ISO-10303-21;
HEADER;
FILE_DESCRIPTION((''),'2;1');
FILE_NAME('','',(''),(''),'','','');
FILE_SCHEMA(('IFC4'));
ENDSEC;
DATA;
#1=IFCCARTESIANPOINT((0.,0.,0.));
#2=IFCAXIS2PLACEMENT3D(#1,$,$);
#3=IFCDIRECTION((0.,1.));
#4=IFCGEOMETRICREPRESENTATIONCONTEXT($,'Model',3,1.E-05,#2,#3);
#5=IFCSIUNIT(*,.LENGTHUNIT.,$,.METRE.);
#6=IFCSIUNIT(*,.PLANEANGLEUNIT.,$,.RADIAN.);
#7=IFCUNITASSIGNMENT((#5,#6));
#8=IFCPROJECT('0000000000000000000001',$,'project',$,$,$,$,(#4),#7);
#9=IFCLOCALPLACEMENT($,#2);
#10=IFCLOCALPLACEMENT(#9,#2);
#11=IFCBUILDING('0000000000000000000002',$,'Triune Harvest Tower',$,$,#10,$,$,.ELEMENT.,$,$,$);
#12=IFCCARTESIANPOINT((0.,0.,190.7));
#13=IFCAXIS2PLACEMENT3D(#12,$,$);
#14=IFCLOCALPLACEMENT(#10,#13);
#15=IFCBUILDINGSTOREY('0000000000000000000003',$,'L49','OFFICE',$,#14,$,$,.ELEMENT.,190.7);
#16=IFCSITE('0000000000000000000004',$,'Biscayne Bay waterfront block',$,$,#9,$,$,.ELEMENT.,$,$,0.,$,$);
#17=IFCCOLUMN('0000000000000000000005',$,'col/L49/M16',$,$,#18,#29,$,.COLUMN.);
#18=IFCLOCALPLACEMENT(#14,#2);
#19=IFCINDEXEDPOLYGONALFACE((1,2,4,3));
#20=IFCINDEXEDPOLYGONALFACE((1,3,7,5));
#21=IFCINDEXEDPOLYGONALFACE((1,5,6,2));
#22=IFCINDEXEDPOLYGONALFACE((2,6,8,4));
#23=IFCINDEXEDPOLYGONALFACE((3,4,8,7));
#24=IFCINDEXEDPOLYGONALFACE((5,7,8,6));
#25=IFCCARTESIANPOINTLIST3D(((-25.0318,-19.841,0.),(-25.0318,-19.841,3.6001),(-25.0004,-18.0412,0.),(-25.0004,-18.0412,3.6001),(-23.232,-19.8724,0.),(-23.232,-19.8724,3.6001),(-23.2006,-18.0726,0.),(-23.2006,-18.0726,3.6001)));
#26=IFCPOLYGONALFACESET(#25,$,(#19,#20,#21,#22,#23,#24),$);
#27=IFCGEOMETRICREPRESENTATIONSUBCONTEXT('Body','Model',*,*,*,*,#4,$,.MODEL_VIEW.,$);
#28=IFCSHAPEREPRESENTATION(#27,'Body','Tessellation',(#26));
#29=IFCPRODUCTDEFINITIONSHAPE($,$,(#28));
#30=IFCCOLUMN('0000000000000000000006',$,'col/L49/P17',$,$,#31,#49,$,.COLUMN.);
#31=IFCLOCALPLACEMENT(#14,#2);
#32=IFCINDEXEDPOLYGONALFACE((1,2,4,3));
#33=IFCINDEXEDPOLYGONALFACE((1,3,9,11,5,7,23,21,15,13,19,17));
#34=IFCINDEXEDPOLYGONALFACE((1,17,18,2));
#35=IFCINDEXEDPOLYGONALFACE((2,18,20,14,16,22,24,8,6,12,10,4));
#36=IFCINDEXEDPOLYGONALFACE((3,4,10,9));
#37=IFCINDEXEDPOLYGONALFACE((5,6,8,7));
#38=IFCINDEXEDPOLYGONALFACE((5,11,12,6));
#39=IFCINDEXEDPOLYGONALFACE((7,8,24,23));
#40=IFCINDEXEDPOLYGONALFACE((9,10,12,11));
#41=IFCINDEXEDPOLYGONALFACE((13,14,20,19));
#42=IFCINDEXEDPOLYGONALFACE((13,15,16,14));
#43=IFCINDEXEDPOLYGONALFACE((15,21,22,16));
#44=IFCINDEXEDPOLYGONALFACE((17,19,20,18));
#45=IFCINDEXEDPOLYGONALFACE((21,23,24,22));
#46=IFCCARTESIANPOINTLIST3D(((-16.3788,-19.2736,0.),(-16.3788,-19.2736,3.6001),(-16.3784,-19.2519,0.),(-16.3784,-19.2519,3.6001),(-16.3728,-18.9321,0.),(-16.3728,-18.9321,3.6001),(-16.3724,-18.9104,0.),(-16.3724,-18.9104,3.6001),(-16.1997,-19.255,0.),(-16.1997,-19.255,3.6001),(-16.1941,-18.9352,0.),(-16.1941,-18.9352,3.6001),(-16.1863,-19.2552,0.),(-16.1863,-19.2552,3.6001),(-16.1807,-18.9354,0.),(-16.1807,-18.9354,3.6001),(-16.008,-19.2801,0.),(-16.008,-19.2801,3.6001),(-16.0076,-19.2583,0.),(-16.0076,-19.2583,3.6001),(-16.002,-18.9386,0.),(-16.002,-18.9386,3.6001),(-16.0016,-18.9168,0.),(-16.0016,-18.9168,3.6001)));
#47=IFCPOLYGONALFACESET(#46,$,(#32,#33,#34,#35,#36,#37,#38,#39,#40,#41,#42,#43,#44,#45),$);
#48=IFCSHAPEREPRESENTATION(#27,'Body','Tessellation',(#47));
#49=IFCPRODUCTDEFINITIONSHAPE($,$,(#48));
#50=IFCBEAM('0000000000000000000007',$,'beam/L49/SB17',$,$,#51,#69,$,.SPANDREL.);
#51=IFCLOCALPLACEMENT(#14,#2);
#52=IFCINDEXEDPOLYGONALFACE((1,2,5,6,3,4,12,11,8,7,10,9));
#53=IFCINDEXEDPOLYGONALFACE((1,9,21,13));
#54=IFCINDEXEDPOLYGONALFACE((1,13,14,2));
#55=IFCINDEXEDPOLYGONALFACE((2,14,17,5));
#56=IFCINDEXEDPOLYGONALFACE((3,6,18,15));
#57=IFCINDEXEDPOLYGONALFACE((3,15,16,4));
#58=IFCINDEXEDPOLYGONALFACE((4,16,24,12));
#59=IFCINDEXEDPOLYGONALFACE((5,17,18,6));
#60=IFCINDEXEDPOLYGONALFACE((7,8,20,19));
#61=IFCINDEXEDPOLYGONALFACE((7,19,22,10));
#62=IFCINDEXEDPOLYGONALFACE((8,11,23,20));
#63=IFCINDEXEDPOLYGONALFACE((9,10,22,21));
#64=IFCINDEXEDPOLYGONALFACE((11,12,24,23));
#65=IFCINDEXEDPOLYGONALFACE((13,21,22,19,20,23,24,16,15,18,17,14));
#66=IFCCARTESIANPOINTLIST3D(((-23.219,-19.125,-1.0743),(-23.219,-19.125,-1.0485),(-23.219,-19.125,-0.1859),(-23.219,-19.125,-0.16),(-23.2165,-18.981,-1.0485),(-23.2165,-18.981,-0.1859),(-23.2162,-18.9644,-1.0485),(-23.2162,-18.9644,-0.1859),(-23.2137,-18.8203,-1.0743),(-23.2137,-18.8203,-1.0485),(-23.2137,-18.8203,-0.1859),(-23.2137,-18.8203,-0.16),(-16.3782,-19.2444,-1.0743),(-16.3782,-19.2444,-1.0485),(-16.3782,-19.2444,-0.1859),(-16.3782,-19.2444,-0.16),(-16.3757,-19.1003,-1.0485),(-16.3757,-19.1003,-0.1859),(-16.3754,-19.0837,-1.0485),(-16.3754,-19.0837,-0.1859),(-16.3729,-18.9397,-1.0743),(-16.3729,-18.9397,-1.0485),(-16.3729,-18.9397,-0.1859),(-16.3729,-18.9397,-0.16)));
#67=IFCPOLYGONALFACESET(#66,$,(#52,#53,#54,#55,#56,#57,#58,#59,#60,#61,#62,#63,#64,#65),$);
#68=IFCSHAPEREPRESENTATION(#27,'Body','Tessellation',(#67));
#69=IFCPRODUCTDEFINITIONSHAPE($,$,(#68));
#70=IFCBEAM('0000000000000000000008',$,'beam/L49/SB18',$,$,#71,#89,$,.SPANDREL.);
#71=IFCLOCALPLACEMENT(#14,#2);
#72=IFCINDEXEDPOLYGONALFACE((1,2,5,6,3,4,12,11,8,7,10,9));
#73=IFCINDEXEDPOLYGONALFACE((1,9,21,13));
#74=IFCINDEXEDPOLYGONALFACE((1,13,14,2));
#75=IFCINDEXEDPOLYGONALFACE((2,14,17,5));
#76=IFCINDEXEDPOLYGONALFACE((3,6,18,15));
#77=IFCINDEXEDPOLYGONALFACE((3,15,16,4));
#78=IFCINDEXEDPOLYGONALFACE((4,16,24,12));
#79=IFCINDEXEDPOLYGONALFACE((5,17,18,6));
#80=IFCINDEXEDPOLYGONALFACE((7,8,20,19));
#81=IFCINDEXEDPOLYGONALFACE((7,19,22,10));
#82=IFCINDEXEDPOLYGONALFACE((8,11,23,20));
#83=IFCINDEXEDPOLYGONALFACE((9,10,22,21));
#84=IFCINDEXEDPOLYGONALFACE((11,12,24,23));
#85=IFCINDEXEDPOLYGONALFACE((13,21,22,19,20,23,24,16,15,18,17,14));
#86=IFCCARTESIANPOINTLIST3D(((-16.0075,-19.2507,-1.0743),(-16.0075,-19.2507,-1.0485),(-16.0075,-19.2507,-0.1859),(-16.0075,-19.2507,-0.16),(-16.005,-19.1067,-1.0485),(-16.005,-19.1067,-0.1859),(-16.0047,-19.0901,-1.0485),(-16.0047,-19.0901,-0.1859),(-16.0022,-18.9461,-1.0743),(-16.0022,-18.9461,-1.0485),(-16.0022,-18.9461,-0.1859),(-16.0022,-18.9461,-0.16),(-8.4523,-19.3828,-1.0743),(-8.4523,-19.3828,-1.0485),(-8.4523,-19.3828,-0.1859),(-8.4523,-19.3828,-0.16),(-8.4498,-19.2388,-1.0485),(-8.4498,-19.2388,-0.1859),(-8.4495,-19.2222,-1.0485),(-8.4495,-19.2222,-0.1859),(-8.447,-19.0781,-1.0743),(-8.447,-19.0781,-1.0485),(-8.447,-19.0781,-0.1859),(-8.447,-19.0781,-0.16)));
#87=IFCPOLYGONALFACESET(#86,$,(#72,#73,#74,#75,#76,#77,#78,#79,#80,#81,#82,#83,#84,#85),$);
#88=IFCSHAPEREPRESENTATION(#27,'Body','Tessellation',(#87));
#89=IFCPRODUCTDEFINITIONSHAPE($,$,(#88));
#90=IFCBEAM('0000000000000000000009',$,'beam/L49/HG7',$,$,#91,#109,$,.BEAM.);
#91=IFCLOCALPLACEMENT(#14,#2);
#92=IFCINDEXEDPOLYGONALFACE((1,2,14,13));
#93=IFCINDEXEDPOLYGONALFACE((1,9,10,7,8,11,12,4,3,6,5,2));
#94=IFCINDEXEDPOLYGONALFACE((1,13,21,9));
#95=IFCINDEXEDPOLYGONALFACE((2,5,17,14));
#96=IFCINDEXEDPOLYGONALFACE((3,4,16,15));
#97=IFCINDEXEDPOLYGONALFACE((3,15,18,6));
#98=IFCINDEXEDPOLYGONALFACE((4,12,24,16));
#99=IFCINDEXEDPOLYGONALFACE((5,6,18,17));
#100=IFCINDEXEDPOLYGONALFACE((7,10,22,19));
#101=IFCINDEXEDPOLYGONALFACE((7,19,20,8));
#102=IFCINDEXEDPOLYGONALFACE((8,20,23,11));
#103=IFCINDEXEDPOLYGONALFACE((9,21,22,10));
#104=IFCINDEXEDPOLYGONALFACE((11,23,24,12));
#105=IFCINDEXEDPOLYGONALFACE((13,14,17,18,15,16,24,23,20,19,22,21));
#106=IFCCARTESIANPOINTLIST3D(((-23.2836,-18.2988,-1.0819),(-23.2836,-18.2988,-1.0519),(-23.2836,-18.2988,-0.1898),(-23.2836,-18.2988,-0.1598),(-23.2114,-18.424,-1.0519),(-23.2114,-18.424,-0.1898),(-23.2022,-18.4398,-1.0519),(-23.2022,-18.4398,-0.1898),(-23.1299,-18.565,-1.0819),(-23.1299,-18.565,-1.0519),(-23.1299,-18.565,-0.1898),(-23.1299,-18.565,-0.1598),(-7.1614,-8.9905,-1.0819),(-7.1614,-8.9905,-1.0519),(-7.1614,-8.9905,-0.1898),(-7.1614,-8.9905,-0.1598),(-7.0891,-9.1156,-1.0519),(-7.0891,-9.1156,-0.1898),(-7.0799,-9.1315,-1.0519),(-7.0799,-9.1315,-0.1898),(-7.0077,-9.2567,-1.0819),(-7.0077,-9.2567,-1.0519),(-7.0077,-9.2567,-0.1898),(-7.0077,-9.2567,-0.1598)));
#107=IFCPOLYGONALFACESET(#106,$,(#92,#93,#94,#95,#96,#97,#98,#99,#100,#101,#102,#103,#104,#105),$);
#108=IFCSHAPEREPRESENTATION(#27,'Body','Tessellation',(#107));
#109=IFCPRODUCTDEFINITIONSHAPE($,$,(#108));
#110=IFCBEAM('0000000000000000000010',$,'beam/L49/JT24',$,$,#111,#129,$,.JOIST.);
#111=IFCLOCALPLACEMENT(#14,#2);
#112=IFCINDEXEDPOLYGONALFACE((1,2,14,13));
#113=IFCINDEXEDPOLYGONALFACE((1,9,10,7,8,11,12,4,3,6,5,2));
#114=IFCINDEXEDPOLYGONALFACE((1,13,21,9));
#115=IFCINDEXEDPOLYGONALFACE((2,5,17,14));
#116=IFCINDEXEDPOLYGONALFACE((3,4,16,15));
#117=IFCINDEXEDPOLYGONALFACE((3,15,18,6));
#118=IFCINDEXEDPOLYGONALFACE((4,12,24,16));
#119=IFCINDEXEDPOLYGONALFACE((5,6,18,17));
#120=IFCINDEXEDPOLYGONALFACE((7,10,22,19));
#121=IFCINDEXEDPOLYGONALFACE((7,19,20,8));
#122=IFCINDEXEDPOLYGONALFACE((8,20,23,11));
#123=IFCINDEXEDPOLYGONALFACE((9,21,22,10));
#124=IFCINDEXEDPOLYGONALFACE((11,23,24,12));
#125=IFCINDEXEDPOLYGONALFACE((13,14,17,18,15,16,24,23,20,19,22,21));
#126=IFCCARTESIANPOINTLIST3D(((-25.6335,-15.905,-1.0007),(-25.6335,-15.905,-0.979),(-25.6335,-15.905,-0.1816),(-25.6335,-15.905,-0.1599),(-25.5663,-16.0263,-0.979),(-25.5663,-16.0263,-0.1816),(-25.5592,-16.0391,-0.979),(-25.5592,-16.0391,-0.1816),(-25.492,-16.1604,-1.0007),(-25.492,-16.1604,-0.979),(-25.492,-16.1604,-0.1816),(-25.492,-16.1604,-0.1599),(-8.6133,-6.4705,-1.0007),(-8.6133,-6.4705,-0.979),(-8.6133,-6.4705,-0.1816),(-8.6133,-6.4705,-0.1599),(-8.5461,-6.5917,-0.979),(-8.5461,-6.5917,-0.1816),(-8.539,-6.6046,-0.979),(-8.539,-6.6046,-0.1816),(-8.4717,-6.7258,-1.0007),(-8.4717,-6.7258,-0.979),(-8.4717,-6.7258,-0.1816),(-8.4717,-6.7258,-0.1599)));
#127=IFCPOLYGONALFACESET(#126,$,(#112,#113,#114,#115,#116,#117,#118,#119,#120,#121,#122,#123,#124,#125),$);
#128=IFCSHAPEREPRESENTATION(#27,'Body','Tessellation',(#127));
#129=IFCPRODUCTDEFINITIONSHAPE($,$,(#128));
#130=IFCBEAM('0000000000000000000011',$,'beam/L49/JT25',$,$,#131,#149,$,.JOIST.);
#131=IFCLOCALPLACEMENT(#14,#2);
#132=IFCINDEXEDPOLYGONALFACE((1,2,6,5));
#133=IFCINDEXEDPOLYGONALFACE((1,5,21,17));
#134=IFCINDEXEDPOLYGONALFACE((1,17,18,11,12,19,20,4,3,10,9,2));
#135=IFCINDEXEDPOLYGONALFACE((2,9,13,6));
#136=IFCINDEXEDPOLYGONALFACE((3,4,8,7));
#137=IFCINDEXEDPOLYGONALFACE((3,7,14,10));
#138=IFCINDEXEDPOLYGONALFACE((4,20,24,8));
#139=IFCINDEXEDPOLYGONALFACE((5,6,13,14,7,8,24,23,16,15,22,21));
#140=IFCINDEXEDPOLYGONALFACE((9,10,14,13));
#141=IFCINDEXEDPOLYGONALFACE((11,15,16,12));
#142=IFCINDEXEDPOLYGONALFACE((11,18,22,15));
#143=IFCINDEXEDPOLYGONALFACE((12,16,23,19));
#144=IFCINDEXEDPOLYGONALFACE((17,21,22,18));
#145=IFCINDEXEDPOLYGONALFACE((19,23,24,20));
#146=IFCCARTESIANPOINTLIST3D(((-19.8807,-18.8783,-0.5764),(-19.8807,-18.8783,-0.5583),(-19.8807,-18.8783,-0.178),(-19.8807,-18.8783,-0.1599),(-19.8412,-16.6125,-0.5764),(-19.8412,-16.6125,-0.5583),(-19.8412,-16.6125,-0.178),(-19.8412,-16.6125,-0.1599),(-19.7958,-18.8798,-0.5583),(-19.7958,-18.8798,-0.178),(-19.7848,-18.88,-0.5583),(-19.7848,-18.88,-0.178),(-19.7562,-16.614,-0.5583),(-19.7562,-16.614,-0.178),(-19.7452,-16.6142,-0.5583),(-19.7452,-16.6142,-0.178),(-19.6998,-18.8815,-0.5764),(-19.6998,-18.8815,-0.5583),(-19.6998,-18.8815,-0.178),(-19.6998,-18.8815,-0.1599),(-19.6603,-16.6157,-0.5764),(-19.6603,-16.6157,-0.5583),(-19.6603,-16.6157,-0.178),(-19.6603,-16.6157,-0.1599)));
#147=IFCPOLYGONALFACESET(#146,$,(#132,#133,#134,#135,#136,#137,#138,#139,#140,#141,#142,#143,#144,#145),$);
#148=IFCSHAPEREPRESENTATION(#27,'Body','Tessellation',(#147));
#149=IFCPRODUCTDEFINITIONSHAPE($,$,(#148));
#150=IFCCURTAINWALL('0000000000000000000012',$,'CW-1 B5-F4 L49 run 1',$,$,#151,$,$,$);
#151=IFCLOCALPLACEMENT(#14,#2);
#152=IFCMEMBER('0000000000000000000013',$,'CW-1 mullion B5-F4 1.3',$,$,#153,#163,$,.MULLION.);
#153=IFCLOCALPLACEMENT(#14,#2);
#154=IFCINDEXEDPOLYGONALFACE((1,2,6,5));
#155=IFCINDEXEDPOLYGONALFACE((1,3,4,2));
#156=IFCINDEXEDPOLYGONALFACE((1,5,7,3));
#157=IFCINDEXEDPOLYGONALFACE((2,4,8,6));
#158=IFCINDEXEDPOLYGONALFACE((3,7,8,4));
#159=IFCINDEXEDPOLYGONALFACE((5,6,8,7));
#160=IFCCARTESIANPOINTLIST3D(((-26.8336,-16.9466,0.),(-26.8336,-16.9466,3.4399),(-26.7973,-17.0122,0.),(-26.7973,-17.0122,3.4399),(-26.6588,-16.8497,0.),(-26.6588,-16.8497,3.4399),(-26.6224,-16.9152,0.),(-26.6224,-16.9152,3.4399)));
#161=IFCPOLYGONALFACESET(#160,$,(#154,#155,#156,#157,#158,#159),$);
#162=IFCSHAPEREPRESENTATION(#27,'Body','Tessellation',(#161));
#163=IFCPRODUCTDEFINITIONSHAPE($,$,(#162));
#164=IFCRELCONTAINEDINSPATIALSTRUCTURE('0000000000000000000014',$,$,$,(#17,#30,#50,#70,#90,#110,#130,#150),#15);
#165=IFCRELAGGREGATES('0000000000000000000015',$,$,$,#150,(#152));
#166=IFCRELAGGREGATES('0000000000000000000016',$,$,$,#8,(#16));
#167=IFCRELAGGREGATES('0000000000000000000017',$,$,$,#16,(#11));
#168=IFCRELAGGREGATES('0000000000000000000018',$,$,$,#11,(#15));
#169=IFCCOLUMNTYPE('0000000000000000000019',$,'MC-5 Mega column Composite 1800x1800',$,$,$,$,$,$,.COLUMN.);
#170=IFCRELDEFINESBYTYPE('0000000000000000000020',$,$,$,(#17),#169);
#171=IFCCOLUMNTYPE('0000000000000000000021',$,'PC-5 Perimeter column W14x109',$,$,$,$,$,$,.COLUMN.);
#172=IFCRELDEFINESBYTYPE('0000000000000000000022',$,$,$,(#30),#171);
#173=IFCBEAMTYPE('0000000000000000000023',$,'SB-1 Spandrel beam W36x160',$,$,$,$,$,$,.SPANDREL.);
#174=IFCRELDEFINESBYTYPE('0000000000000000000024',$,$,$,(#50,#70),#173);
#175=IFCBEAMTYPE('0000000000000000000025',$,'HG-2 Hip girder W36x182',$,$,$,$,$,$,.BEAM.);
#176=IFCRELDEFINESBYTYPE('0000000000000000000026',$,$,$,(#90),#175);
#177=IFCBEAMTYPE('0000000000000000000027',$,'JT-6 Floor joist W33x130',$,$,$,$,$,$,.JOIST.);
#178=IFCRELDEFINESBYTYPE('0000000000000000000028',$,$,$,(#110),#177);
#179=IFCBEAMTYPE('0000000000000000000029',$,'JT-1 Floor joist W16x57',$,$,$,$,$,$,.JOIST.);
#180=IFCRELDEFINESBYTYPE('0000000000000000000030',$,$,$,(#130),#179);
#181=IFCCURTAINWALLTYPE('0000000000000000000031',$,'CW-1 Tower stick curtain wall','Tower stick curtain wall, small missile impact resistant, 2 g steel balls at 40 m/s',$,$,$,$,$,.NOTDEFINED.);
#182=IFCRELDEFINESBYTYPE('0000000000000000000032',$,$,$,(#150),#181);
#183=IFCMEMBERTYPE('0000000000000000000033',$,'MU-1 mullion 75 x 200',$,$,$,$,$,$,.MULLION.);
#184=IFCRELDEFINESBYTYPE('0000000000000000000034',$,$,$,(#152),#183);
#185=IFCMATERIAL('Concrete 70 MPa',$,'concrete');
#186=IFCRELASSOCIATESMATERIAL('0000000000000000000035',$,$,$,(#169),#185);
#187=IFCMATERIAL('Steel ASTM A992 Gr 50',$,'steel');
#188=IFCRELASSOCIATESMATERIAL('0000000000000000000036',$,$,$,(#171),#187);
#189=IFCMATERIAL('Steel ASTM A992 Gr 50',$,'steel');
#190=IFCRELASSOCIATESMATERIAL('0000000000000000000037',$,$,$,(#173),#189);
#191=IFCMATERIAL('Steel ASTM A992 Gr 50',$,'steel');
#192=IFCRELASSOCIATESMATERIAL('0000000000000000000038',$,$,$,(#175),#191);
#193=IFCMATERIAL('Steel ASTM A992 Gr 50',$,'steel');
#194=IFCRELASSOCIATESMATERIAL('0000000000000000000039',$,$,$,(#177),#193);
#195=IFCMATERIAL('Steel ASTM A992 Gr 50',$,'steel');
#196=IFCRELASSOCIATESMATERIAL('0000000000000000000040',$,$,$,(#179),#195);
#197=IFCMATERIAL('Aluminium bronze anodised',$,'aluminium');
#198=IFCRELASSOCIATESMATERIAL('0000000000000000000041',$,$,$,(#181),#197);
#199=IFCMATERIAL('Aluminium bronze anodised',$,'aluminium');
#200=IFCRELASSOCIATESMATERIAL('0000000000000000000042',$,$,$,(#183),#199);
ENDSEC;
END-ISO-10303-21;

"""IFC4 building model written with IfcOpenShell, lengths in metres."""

from ifc_helpers import new_model, si_unit, direction, frame, origin, origin_2d, place, context, subcontext, project, spatial, rectangle, i_section, extrude, source, transform, mapped, material, material_profile, profile_set, type_object, element, aggregate, save


model = new_model("IFC4")

# Units and contexts
model_context = context("Model", 3, precision=1e-05, world=origin(), true_north=direction((0.0, 1.0)))
body_context = subcontext(model_context, "Body", "Model", "MODEL_VIEW")
ifc_project = project(units=[si_unit("LENGTHUNIT", "METRE"), si_unit("PLANEANGLEUNIT", "RADIAN")], contexts=[model_context])

# Site, building, storey
site_placement = place(None, origin())
site = spatial("IfcSite", under=ifc_project, at=site_placement, Name="Biscayne Bay waterfront block", CompositionType="ELEMENT", RefElevation=0.0)
building_placement = place(site_placement, origin())
building = spatial("IfcBuilding", under=site, at=building_placement, Name="Triune Harvest Tower", CompositionType="ELEMENT")
storey_placement = place(building_placement, frame((0.0, 0.0, 190.7)))
storey = spatial("IfcBuildingStorey", under=building, at=storey_placement, Name="L49", Description="OFFICE", CompositionType="ELEMENT", Elevation=190.7)

# Columns
ifc_material_1 = material(Name="Concrete 70 MPa", Category="concrete")
ifc_material_profile_1 = material_profile(ifc_material_1, rectangle(XDim=1.8, YDim=1.8, at=origin_2d()), Name="Composite 1800x1800")
ifc_profile_set_1 = profile_set([ifc_material_profile_1], Name="Concrete 70 MPa")
column_type_1 = type_object("IfcColumnType", Name="MC-5 Mega column Composite 1800x1800", PredefinedType="COLUMN", material=ifc_profile_set_1)
shared_shape_1 = source(origin(), body_context, "Body", "SweptSolid", [
    extrude(rectangle(XDim=1.8, YDim=1.8, at=origin_2d()), origin(), (0.0, 0.0, 1.0), 3.6001),
])
column_1_placement = place(storey_placement, frame((-24.1162, -18.9568, 0.0), z_axis=(0.0, 0.0, 1.0), x_axis=(0.999848, -0.017452, 0.0)))
element("IfcColumn", 1, at=column_1_placement, inside=storey, type_object=column_type_1, Name="col/L49/M16", PredefinedType="COLUMN", context=body_context, shape_type="MappedRepresentation", body=[
    mapped(shared_shape_1, transform((0.0, 0.0, 0.0), scale=1.0)),
])
ifc_material_2 = material(Name="Steel ASTM A992 Gr 50", Category="steel")
ifc_material_profile_2 = material_profile(ifc_material_2, i_section(OverallWidth=0.3708, OverallDepth=0.3633, WebThickness=0.0134, FlangeThickness=0.0217, at=origin_2d()), Name="W14x109")
ifc_profile_set_2 = profile_set([ifc_material_profile_2], Name="Steel ASTM A992 Gr 50")
column_type_2 = type_object("IfcColumnType", Name="PC-5 Perimeter column W14x109", PredefinedType="COLUMN", material=ifc_profile_set_2)
shared_shape_2 = source(origin(), body_context, "Body", "SweptSolid", [
    extrude(i_section(OverallWidth=0.3708, OverallDepth=0.3633, WebThickness=0.0134, FlangeThickness=0.0217, at=origin_2d()), origin(), (0.0, 0.0, 1.0), 3.6001),
])
column_2_placement = place(storey_placement, frame((-16.1902, -19.0952, 0.0), z_axis=(0.0, 0.0, 1.0), x_axis=(0.999848, -0.017452, 0.0)))
element("IfcColumn", 2, at=column_2_placement, inside=storey, type_object=column_type_2, Name="col/L49/P17", PredefinedType="COLUMN", context=body_context, shape_type="MappedRepresentation", body=[
    mapped(shared_shape_2, transform((0.0, 0.0, 0.0), scale=1.0)),
])

# Beams
ifc_material_3 = material(Name="Steel ASTM A992 Gr 50", Category="steel")
ifc_material_profile_3 = material_profile(ifc_material_3, i_section(OverallWidth=0.3047, OverallDepth=0.9143, WebThickness=0.0166, FlangeThickness=0.0259, at=origin_2d()), Name="W36x160")
ifc_profile_set_3 = profile_set([ifc_material_profile_3], Name="Steel ASTM A992 Gr 50")
beam_type_1 = type_object("IfcBeamType", Name="SB-1 Spandrel beam W36x160", PredefinedType="SPANDREL", material=ifc_profile_set_3)
shared_shape_3 = source(origin(), body_context, "Body", "SweptSolid", [
    extrude(i_section(OverallWidth=0.3047, OverallDepth=0.9143, WebThickness=0.0166, FlangeThickness=0.0259, at=origin_2d()), origin(), (0.0, 0.0, 1.0), 6.8418),
])
beam_1_placement = place(storey_placement, frame((-23.2163, -18.9727, -0.6172), z_axis=(0.999848, -0.017449, 0.0), x_axis=(0.017449, 0.999848, 0.0)))
element("IfcBeam", 3, at=beam_1_placement, inside=storey, type_object=beam_type_1, Name="beam/L49/SB17", PredefinedType="SPANDREL", context=body_context, shape_type="MappedRepresentation", body=[
    mapped(shared_shape_3, transform((0.0, 0.0, 0.0), scale=1.0)),
])
shared_shape_4 = source(origin(), body_context, "Body", "SweptSolid", [
    extrude(i_section(OverallWidth=0.3047, OverallDepth=0.9143, WebThickness=0.0166, FlangeThickness=0.0259, at=origin_2d()), origin(), (0.0, 0.0, 1.0), 7.5564),
])
beam_2_placement = place(storey_placement, frame((-16.0049, -19.0984, -0.6172), z_axis=(0.999847, -0.017479, 0.0), x_axis=(0.017479, 0.999847, 0.0)))
element("IfcBeam", 4, at=beam_2_placement, inside=storey, type_object=beam_type_1, Name="beam/L49/SB18", PredefinedType="SPANDREL", context=body_context, shape_type="MappedRepresentation", body=[
    mapped(shared_shape_4, transform((0.0, 0.0, 0.0), scale=1.0)),
])
ifc_material_4 = material(Name="Steel ASTM A992 Gr 50", Category="steel")
ifc_material_profile_4 = material_profile(ifc_material_4, i_section(OverallWidth=0.3074, OverallDepth=0.9221, WebThickness=0.0183, FlangeThickness=0.03, at=origin_2d()), Name="W36x182")
ifc_profile_set_4 = profile_set([ifc_material_profile_4], Name="Steel ASTM A992 Gr 50")
beam_type_2 = type_object("IfcBeamType", Name="HG-2 Hip girder W36x182", PredefinedType="BEAM", material=ifc_profile_set_4)
shared_shape_5 = source(origin(), body_context, "Body", "SweptSolid", [
    extrude(i_section(OverallWidth=0.3074, OverallDepth=0.9221, WebThickness=0.0183, FlangeThickness=0.03, at=origin_2d()), origin(), (0.0, 0.0, 1.0), 18.6165),
])
beam_3_placement = place(storey_placement, frame((-23.2068, -18.4319, -0.6208), z_axis=(0.866022, 0.500005, 0.0), x_axis=(-0.500005, 0.866022, 0.0)))
element("IfcBeam", 5, at=beam_3_placement, inside=storey, type_object=beam_type_2, Name="beam/L49/HG7", PredefinedType="BEAM", context=body_context, shape_type="MappedRepresentation", body=[
    mapped(shared_shape_5, transform((0.0, 0.0, 0.0), scale=1.0)),
])
ifc_material_5 = material(Name="Steel ASTM A992 Gr 50", Category="steel")
ifc_material_profile_5 = material_profile(ifc_material_5, i_section(OverallWidth=0.292, OverallDepth=0.8408, WebThickness=0.0146, FlangeThickness=0.0217, at=origin_2d()), Name="W33x130")
ifc_profile_set_5 = profile_set([ifc_material_profile_5], Name="Steel ASTM A992 Gr 50")
beam_type_3 = type_object("IfcBeamType", Name="JT-6 Floor joist W33x130", PredefinedType="JOIST", material=ifc_profile_set_5)
shared_shape_6 = source(origin(), body_context, "Body", "SweptSolid", [
    extrude(i_section(OverallWidth=0.292, OverallDepth=0.8408, WebThickness=0.0146, FlangeThickness=0.0217, at=origin_2d()), origin(), (0.0, 0.0, 1.0), 19.4602),
])
beam_4_placement = place(storey_placement, frame((-25.5627, -16.0327, -0.5803), z_axis=(0.874618, 0.484813, 0.0), x_axis=(-0.484813, 0.874618, 0.0)))
element("IfcBeam", 6, at=beam_4_placement, inside=storey, type_object=beam_type_3, Name="beam/L49/JT24", PredefinedType="JOIST", context=body_context, shape_type="MappedRepresentation", body=[
    mapped(shared_shape_6, transform((0.0, 0.0, 0.0), scale=1.0)),
])
ifc_material_6 = material(Name="Steel ASTM A992 Gr 50", Category="steel")
ifc_material_profile_6 = material_profile(ifc_material_6, i_section(OverallWidth=0.1809, OverallDepth=0.4165, WebThickness=0.011, FlangeThickness=0.0181, at=origin_2d()), Name="W16x57")
ifc_profile_set_6 = profile_set([ifc_material_profile_6], Name="Steel ASTM A992 Gr 50")
beam_type_4 = type_object("IfcBeamType", Name="JT-1 Floor joist W16x57", PredefinedType="JOIST", material=ifc_profile_set_6)
shared_shape_7 = source(origin(), body_context, "Body", "SweptSolid", [
    extrude(i_section(OverallWidth=0.1809, OverallDepth=0.4165, WebThickness=0.011, FlangeThickness=0.0181, at=origin_2d()), origin(), (0.0, 0.0, 1.0), 2.2661),
])
beam_5_placement = place(storey_placement, frame((-19.7903, -18.8799, -0.3682), z_axis=(0.017452, 0.999848, 0.0), x_axis=(-0.999848, 0.017452, 0.0)))
element("IfcBeam", 7, at=beam_5_placement, inside=storey, type_object=beam_type_4, Name="beam/L49/JT25", PredefinedType="JOIST", context=body_context, shape_type="MappedRepresentation", body=[
    mapped(shared_shape_7, transform((0.0, 0.0, 0.0), scale=1.0)),
])

# Curtain wall, member
ifc_material_7 = material(Name="Aluminium bronze anodised", Category="aluminium")
curtain_wall_type = type_object("IfcCurtainWallType", Name="CW-1 Tower stick curtain wall", Description="Tower stick curtain wall, small missile impact resistant, 2 g steel balls at 40 m/s", PredefinedType="NOTDEFINED", material=ifc_material_7)
curtain_wall_1_placement = place(storey_placement, origin())
curtain_wall_1 = element("IfcCurtainWall", 8, at=curtain_wall_1_placement, inside=storey, type_object=curtain_wall_type, Name="CW-1 B5-F4 L49 run 1")
ifc_material_8 = material(Name="Aluminium bronze anodised", Category="aluminium")
ifc_material_profile_7 = material_profile(ifc_material_8, rectangle(XDim=0.2, YDim=0.075, at=origin_2d()), Name="MU-1 mullion 75 x 200")
ifc_profile_set_7 = profile_set([ifc_material_profile_7], Name="Aluminium bronze anodised")
member_type_1 = type_object("IfcMemberType", Name="MU-1 mullion 75 x 200", PredefinedType="MULLION", material=ifc_profile_set_7)
shared_shape_8 = source(origin(), body_context, "Body", "SweptSolid", [
    extrude(rectangle(XDim=0.2, YDim=0.075, at=origin_2d()), origin(), (0.0, 0.0, 1.0), 3.4399),
])
member_1_placement = place(storey_placement, frame((-26.728, -16.9309, 0.0), z_axis=(0.0, 0.0, 1.0), x_axis=(0.874624, 0.484802, 0.0)))
member_1 = element("IfcMember", 9, at=member_1_placement, type_object=member_type_1, Name="CW-1 mullion B5-F4 1.3", PredefinedType="MULLION", context=body_context, shape_type="MappedRepresentation", body=[
    mapped(shared_shape_8, transform((0.0, 0.0, 0.0), scale=1.0)),
])

aggregate(curtain_wall_1, [member_1])

save(model, "model.ifc")
